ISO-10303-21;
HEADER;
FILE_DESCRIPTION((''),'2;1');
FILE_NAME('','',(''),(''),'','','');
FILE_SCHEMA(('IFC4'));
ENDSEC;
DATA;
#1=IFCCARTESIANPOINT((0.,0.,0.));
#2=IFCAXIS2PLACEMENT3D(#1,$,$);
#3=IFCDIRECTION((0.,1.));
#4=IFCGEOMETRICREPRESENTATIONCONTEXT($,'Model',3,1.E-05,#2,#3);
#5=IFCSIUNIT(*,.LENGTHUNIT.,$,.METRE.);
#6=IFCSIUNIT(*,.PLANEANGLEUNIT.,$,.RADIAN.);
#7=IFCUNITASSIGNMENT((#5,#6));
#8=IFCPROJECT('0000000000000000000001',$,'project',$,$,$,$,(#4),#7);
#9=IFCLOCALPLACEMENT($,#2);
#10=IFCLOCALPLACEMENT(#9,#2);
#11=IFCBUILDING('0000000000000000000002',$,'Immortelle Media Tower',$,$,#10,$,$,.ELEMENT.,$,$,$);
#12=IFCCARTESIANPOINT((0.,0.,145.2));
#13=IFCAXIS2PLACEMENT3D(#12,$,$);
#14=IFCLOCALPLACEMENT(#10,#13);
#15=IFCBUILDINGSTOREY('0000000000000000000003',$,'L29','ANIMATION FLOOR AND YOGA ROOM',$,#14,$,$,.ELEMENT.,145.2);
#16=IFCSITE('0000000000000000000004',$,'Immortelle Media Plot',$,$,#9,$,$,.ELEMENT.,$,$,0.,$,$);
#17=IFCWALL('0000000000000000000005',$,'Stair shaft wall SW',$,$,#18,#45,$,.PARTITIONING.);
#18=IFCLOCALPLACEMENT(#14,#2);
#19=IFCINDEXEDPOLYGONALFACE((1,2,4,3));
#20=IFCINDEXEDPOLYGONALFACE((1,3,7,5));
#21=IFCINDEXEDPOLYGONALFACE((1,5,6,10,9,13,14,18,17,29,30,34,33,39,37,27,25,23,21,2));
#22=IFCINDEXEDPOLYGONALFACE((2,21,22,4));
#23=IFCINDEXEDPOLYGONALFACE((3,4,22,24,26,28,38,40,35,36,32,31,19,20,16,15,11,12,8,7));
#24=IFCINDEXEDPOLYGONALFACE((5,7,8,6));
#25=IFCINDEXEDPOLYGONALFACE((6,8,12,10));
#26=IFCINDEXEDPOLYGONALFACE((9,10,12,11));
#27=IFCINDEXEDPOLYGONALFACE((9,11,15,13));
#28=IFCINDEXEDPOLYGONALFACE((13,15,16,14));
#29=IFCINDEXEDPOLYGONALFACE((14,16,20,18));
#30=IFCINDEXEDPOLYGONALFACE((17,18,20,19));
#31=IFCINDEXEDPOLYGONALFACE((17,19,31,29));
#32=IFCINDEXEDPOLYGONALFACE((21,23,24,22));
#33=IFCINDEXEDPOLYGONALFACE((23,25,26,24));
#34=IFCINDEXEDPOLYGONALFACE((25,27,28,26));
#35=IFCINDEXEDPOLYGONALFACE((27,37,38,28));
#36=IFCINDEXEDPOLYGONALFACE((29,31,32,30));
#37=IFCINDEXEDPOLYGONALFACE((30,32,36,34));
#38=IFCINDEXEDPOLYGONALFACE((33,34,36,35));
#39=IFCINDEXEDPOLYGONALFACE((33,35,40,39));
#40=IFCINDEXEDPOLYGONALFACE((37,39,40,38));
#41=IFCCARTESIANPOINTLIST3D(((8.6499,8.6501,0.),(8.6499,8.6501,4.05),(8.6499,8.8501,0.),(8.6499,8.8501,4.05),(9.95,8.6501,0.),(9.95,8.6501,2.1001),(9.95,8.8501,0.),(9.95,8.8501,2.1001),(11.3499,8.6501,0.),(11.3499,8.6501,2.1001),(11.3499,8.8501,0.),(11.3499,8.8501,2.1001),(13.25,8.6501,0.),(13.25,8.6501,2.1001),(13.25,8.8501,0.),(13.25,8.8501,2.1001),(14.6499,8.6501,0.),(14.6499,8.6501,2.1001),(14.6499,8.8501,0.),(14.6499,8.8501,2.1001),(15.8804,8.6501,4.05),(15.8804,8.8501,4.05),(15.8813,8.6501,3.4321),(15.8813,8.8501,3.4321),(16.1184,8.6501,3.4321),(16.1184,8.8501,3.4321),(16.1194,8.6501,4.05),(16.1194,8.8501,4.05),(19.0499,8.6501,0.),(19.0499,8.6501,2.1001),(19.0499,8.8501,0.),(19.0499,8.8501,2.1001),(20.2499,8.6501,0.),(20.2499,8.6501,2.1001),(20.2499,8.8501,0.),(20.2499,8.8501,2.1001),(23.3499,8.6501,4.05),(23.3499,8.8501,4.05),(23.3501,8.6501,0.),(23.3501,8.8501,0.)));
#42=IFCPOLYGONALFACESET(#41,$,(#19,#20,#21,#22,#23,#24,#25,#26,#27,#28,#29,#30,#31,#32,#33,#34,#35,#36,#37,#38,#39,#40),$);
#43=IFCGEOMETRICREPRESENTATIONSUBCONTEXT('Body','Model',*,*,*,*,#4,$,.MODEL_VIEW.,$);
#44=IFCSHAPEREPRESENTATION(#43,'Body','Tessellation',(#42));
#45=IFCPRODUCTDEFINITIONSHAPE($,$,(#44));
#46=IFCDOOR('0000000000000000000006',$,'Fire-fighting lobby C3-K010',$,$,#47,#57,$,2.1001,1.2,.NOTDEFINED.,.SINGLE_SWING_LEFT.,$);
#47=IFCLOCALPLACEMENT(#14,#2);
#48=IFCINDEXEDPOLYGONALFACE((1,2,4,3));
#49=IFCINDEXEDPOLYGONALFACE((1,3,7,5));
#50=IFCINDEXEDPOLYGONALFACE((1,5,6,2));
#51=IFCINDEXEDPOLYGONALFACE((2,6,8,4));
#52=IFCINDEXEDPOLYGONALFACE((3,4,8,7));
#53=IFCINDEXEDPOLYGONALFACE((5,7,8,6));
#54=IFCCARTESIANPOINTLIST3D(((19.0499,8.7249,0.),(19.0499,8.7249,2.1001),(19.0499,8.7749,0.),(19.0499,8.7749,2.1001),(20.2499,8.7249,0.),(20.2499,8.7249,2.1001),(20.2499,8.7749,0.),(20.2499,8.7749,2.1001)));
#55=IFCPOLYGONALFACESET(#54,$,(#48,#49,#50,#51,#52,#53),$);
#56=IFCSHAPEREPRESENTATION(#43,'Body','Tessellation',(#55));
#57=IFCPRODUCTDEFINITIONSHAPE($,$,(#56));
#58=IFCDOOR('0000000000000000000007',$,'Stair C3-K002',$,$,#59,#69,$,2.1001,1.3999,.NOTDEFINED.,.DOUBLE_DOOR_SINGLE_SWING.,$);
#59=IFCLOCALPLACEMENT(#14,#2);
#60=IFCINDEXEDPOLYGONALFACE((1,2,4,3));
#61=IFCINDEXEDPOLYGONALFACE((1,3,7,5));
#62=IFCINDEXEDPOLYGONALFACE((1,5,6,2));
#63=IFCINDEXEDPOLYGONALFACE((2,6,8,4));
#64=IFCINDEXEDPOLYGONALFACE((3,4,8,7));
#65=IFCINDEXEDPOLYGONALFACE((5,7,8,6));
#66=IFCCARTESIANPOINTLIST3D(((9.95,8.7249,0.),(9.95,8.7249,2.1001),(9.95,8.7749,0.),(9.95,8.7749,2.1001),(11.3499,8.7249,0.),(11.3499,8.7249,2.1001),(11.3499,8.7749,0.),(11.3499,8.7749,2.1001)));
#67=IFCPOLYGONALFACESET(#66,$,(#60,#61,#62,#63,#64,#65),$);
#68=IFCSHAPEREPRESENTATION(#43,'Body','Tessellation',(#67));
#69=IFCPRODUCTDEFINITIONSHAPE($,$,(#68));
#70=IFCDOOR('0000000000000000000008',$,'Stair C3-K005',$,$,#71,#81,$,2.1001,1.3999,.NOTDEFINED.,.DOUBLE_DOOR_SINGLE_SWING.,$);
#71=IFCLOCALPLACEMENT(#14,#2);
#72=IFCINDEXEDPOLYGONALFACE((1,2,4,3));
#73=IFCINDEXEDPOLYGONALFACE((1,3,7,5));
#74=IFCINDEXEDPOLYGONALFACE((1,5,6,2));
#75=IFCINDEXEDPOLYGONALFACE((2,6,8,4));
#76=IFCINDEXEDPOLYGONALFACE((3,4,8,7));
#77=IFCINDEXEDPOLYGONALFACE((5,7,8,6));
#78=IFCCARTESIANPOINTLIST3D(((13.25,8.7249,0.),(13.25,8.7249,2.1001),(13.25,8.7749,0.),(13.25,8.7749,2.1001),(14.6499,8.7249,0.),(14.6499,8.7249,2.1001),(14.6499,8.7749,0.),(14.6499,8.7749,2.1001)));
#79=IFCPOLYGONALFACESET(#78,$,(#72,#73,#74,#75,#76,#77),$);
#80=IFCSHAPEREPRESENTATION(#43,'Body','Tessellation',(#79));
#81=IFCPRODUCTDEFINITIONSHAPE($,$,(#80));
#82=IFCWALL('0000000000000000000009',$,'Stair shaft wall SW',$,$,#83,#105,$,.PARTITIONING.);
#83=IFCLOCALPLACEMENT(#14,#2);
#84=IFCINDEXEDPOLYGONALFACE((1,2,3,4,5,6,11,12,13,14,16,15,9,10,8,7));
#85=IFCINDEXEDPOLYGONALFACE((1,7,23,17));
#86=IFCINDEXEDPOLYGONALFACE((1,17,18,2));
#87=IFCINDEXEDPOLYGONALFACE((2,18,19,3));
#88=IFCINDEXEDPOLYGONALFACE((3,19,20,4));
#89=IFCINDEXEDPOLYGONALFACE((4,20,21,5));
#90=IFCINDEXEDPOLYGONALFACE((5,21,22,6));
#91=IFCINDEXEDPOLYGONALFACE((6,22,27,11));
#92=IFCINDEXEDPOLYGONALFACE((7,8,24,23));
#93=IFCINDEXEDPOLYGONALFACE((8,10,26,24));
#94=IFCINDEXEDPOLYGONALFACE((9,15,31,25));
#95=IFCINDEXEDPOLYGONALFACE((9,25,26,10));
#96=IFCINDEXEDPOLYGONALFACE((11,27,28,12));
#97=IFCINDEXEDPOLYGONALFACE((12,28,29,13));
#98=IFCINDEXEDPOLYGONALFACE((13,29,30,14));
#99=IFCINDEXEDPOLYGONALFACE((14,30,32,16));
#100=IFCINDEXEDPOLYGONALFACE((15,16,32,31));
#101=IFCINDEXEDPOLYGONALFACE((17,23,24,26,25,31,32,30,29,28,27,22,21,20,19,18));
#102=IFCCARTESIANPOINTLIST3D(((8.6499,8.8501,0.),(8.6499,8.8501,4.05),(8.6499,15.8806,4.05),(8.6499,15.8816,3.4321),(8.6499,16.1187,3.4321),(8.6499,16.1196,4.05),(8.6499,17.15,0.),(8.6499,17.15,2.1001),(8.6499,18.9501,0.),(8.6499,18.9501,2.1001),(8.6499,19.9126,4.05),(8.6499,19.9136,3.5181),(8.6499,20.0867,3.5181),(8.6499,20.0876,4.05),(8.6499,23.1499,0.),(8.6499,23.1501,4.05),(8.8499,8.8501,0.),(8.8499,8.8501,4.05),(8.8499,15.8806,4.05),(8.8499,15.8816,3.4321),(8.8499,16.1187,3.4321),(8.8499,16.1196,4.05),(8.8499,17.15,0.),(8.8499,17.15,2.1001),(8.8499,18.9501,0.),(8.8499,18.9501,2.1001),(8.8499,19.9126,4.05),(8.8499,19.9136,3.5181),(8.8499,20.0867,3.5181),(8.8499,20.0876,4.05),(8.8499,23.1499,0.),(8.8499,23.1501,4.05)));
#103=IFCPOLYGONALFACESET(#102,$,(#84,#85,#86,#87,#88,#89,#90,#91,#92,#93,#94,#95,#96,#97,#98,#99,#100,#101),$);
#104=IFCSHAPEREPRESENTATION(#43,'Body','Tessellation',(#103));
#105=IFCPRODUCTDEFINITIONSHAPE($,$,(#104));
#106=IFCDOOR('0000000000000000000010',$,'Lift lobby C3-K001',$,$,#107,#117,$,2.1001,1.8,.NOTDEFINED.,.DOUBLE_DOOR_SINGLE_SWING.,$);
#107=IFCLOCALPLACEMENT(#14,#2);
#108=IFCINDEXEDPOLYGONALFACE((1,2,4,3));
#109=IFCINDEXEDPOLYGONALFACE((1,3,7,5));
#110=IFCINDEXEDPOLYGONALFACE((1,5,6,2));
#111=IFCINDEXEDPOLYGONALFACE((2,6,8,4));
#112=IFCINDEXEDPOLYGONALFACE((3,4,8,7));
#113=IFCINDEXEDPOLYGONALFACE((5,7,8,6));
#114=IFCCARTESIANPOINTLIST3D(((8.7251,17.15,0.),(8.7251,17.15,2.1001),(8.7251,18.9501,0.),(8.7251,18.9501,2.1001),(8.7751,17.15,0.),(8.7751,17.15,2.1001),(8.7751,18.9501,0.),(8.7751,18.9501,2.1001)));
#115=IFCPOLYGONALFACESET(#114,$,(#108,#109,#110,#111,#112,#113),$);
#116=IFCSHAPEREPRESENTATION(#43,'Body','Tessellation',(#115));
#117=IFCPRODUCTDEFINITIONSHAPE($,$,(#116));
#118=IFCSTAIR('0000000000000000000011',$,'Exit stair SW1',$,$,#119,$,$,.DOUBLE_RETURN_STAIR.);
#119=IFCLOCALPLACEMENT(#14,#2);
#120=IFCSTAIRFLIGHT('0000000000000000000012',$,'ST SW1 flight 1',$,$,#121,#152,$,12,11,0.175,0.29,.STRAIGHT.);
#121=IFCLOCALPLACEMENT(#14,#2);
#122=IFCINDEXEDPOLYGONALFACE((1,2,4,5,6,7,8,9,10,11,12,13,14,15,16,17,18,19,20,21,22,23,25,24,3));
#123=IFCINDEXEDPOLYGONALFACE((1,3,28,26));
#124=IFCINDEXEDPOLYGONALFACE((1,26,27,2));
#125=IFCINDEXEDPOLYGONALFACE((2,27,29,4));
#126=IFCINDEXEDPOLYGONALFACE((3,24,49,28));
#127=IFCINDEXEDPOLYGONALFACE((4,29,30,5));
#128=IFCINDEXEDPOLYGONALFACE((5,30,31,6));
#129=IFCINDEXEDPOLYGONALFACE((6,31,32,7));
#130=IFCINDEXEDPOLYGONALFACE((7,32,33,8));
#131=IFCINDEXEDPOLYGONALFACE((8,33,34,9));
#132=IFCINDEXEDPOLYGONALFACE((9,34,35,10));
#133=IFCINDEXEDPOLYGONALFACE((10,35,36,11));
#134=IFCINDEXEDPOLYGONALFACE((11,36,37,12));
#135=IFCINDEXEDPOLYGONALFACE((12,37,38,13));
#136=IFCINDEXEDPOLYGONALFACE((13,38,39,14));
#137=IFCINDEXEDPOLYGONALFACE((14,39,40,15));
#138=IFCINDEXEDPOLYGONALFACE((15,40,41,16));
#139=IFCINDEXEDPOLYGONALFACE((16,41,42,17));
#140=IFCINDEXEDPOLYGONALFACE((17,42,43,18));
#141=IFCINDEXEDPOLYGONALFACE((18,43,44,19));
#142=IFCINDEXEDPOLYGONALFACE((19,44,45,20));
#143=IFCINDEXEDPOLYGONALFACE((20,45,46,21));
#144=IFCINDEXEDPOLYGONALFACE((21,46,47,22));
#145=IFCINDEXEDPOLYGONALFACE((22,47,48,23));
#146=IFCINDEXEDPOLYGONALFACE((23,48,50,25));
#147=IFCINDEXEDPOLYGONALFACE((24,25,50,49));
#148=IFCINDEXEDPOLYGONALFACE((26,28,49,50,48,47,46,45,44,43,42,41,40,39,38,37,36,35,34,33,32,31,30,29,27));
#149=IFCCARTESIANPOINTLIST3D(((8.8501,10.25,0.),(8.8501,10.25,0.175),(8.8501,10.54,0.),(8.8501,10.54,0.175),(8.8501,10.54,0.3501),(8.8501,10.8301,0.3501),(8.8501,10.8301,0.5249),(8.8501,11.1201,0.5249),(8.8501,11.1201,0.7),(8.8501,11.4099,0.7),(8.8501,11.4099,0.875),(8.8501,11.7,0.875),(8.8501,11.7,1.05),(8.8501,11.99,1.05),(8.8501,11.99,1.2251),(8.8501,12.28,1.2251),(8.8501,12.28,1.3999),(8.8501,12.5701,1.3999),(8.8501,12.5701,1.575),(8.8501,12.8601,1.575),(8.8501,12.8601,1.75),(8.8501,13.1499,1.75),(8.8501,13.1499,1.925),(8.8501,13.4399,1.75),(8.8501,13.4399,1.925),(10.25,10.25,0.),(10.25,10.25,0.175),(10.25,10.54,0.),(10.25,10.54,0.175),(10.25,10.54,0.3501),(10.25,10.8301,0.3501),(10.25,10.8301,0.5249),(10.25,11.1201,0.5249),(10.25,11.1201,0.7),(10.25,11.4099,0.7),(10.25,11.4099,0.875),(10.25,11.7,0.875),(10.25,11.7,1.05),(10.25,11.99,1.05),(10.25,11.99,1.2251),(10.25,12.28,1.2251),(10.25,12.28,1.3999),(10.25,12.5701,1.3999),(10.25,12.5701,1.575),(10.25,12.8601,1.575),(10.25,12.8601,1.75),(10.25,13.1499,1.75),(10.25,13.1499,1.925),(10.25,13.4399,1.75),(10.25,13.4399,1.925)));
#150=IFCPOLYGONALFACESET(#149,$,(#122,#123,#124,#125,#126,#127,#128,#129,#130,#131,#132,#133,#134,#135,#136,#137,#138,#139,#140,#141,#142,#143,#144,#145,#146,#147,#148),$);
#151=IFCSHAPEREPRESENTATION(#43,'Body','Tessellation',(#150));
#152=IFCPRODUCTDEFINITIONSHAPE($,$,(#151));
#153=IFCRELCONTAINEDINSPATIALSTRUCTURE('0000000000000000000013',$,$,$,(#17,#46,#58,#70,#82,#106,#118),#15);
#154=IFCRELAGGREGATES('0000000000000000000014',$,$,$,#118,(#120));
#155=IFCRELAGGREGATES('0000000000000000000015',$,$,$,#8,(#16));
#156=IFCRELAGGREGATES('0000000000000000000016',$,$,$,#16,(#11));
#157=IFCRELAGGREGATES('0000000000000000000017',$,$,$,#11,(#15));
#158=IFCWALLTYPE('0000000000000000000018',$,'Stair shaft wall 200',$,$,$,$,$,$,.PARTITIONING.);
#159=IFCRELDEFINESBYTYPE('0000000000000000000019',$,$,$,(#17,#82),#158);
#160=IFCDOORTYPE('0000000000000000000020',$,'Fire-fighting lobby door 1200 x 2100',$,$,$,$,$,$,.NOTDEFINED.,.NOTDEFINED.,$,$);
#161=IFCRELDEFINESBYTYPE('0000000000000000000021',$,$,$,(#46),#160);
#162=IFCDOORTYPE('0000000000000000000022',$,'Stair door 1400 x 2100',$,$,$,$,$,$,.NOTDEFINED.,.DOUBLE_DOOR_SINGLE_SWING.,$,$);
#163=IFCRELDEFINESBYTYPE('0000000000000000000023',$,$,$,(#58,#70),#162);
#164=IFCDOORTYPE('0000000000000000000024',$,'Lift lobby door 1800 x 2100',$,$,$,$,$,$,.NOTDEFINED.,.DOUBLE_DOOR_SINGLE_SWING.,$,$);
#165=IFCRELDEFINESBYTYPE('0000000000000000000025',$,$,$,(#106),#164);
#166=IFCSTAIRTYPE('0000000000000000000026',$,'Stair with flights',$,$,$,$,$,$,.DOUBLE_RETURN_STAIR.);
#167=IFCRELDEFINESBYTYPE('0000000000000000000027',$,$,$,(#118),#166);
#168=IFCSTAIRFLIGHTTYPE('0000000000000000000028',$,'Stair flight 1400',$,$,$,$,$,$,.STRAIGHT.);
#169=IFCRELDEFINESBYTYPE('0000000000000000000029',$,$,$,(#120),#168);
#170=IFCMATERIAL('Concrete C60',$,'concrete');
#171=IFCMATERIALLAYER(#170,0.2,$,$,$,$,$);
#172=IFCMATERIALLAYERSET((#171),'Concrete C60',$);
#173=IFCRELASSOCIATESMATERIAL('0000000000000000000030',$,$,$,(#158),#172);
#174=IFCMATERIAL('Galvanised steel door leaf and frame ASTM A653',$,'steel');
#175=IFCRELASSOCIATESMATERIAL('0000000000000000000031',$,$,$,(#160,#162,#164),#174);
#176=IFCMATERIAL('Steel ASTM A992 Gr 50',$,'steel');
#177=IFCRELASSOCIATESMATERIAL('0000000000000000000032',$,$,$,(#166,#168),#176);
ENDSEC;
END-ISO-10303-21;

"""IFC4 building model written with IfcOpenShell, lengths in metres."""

from ifc_helpers import new_model, si_unit, direction, frame, frame_2d, origin, place, context, subcontext, project, spatial, polyline, rectangle, outline, extrude, material, layer, layer_set, type_object, element, fill, aggregate, save


model = new_model("IFC4")

# Units and contexts
model_context = context("Model", 3, precision=1e-05, world=origin(), true_north=direction((0.0, 1.0)))
body_context = subcontext(model_context, "Body", "Model", "MODEL_VIEW")
ifc_project = project(units=[si_unit("LENGTHUNIT", "METRE"), si_unit("PLANEANGLEUNIT", "RADIAN")], contexts=[model_context])

# Site, building, storey
site_placement = place(None, origin())
site = spatial("IfcSite", under=ifc_project, at=site_placement, Name="Immortelle Media Plot", CompositionType="ELEMENT", RefElevation=0.0)
building_placement = place(site_placement, origin())
building = spatial("IfcBuilding", under=site, at=building_placement, Name="Immortelle Media Tower", CompositionType="ELEMENT")
storey_placement = place(building_placement, frame((0.0, 0.0, 145.2)))
storey = spatial("IfcBuildingStorey", under=building, at=storey_placement, Name="L29", Description="ANIMATION FLOOR AND YOGA ROOM", CompositionType="ELEMENT", Elevation=145.2)

# Shared definitions
ifc_material_1 = material(Name="Steel ASTM A992 Gr 50", Category="steel")

# Wall, openings, doors
ifc_material_2 = material(Name="Concrete C60", Category="concrete")
ifc_layer_1 = layer(ifc_material_2, 0.2)
ifc_layer_set_1 = layer_set([ifc_layer_1], Name="Concrete C60")
wall_type_1 = type_object("IfcWallType", Name="Stair shaft wall 200", PredefinedType="PARTITIONING", material=ifc_layer_set_1)
wall_1_placement = place(storey_placement, frame((8.6499, 8.75, 0.0), z_axis=(0.0, 0.0, 1.0), x_axis=(1.0, 0.0, 0.0)))
wall_1 = element("IfcWall", 1, at=wall_1_placement, inside=storey, type_object=wall_type_1, Name="Stair shaft wall SW", PredefinedType="PARTITIONING", context=body_context, shape_type="SweptSolid", body=[
    extrude(outline(polyline([(0.0, 0.0), (14.7002, 0.0), (14.7, 4.05), (7.4695, 4.05), (7.4685, 3.4321), (7.2314, 3.4321), (7.2305, 4.05), (0.0, 4.05), (0.0, 0.0)])), frame((0.0, 0.1001, 0.0), z_axis=(0.0, -1.0, 0.0), x_axis=(1.0, 0.0, 0.0)), (0.0, 0.0, 1.0), 0.2),
])
opening_1_placement = place(wall_1_placement, frame((1.3, 0.0, 0.0)))
opening_1 = element("IfcOpeningElement", 2, at=opening_1_placement, cuts=wall_1, PredefinedType="OPENING", context=body_context, shape_type="SweptSolid", body=[
    extrude(rectangle(XDim=1.3999, YDim=2.1001, at=frame_2d((0.7, 1.05))), frame((0.0, 0.1099, 0.0), z_axis=(0.0, -1.0, 0.0), x_axis=(1.0, 0.0, 0.0)), (0.0, 0.0, 1.0), 0.22),
])
opening_2_placement = place(wall_1_placement, frame((4.6001, 0.0, 0.0)))
opening_2 = element("IfcOpeningElement", 3, at=opening_2_placement, cuts=wall_1, PredefinedType="OPENING", context=body_context, shape_type="SweptSolid", body=[
    extrude(rectangle(XDim=1.3999, YDim=2.1001, at=frame_2d((0.7, 1.05))), frame((0.0, 0.1099, 0.0), z_axis=(0.0, -1.0, 0.0), x_axis=(1.0, 0.0, 0.0)), (0.0, 0.0, 1.0), 0.22),
])
opening_3_placement = place(wall_1_placement, frame((10.3999, 0.0, 0.0)))
opening_3 = element("IfcOpeningElement", 4, at=opening_3_placement, cuts=wall_1, PredefinedType="OPENING", context=body_context, shape_type="SweptSolid", body=[
    extrude(rectangle(XDim=1.2, YDim=2.1001, at=frame_2d((0.6001, 1.05))), frame((0.0, 0.1099, 0.0), z_axis=(0.0, -1.0, 0.0), x_axis=(1.0, 0.0, 0.0)), (0.0, 0.0, 1.0), 0.22),
])
ifc_material_3 = material(Name="Galvanised steel door leaf and frame ASTM A653", Category="steel")
door_type_1 = type_object("IfcDoorType", Name="Fire-fighting lobby door 1200 x 2100", OperationType="NOTDEFINED", PredefinedType="NOTDEFINED", material=ifc_material_3)
door_1_placement = place(opening_3_placement, origin())
door_1 = element("IfcDoor", 5, at=door_1_placement, inside=storey, type_object=door_type_1, Name="Fire-fighting lobby C3-K010", OperationType="SINGLE_SWING_LEFT", OverallHeight=2.1001, OverallWidth=1.2, PredefinedType="NOTDEFINED", context=body_context, shape_type="SweptSolid", body=[
    extrude(rectangle(XDim=1.2, YDim=2.1001, at=frame_2d((0.6001, 1.05))), frame((0.0, 0.0249, 0.0), z_axis=(0.0, -1.0, 0.0), x_axis=(1.0, 0.0, 0.0)), (0.0, 0.0, 1.0), 0.05),
])
fill(opening_3, door_1)
door_type_2 = type_object("IfcDoorType", Name="Stair door 1400 x 2100", OperationType="DOUBLE_DOOR_SINGLE_SWING", PredefinedType="NOTDEFINED", material=ifc_material_3)
door_2_placement = place(opening_1_placement, origin())
door_2 = element("IfcDoor", 6, at=door_2_placement, inside=storey, type_object=door_type_2, Name="Stair C3-K002", OperationType="DOUBLE_DOOR_SINGLE_SWING", OverallHeight=2.1001, OverallWidth=1.3999, PredefinedType="NOTDEFINED", context=body_context, shape_type="SweptSolid", body=[
    extrude(rectangle(XDim=1.3999, YDim=2.1001, at=frame_2d((0.7, 1.05))), frame((0.0, 0.0249, 0.0), z_axis=(0.0, -1.0, 0.0), x_axis=(1.0, 0.0, 0.0)), (0.0, 0.0, 1.0), 0.05),
])
fill(opening_1, door_2)
door_3_placement = place(opening_2_placement, origin())
door_3 = element("IfcDoor", 7, at=door_3_placement, inside=storey, type_object=door_type_2, Name="Stair C3-K005", OperationType="DOUBLE_DOOR_SINGLE_SWING", OverallHeight=2.1001, OverallWidth=1.3999, PredefinedType="NOTDEFINED", context=body_context, shape_type="SweptSolid", body=[
    extrude(rectangle(XDim=1.3999, YDim=2.1001, at=frame_2d((0.7, 1.05))), frame((0.0, 0.0249, 0.0), z_axis=(0.0, -1.0, 0.0), x_axis=(1.0, 0.0, 0.0)), (0.0, 0.0, 1.0), 0.05),
])
fill(opening_2, door_3)

# Wall, opening, door
wall_2_placement = place(storey_placement, frame((8.75, 8.8501, 0.0), z_axis=(0.0, 0.0, 1.0), x_axis=(0.0, 1.0, 0.0)))
wall_2 = element("IfcWall", 8, at=wall_2_placement, inside=storey, type_object=wall_type_1, Name="Stair shaft wall SW", PredefinedType="PARTITIONING", context=body_context, shape_type="SweptSolid", body=[
    extrude(outline(polyline([(0.0, 0.0), (14.2998, 0.0), (14.3, 4.05), (11.2375, 4.05), (11.2366, 3.5181), (11.0635, 3.5181), (11.0625, 4.05), (7.2695, 4.05), (7.2686, 3.4321), (7.0315, 3.4321), (7.0305, 4.05), (0.0, 4.05), (0.0, 0.0)])), frame((0.0, 0.1001, 0.0), z_axis=(0.0, -1.0, 0.0), x_axis=(1.0, 0.0, 0.0)), (0.0, 0.0, 1.0), 0.2),
])
opening_4_placement = place(wall_2_placement, frame((8.3, 0.0, 0.0)))
opening_4 = element("IfcOpeningElement", 9, at=opening_4_placement, cuts=wall_2, PredefinedType="OPENING", context=body_context, shape_type="SweptSolid", body=[
    extrude(rectangle(XDim=1.8, YDim=2.1001, at=frame_2d((0.8999, 1.05))), frame((0.0, 0.1099, 0.0), z_axis=(0.0, -1.0, 0.0), x_axis=(1.0, 0.0, 0.0)), (0.0, 0.0, 1.0), 0.22),
])
door_type_3 = type_object("IfcDoorType", Name="Lift lobby door 1800 x 2100", OperationType="DOUBLE_DOOR_SINGLE_SWING", PredefinedType="NOTDEFINED", material=ifc_material_3)
door_4_placement = place(opening_4_placement, origin())
door_4 = element("IfcDoor", 10, at=door_4_placement, inside=storey, type_object=door_type_3, Name="Lift lobby C3-K001", OperationType="DOUBLE_DOOR_SINGLE_SWING", OverallHeight=2.1001, OverallWidth=1.8, PredefinedType="NOTDEFINED", context=body_context, shape_type="SweptSolid", body=[
    extrude(rectangle(XDim=1.8, YDim=2.1001, at=frame_2d((0.8999, 1.05))), frame((0.0, 0.0249, 0.0), z_axis=(0.0, -1.0, 0.0), x_axis=(1.0, 0.0, 0.0)), (0.0, 0.0, 1.0), 0.05),
])
fill(opening_4, door_4)

# Stair, stair flight
stair_type = type_object("IfcStairType", Name="Stair with flights", PredefinedType="DOUBLE_RETURN_STAIR", material=ifc_material_1)
stair_placement = place(storey_placement, origin())
stair = element("IfcStair", 11, at=stair_placement, inside=storey, type_object=stair_type, Name="Exit stair SW1", PredefinedType="DOUBLE_RETURN_STAIR")
stair_flight_type = type_object("IfcStairFlightType", Name="Stair flight 1400", PredefinedType="STRAIGHT", material=ifc_material_1)
stair_flight_placement = place(storey_placement, frame((9.55, 10.25, 0.0), z_axis=(0.0, 0.0, 1.0), x_axis=(0.0, 1.0, 0.0)))
stair_flight = element("IfcStairFlight", 12, at=stair_flight_placement, type_object=stair_flight_type, Name="ST SW1 flight 1", NumberOfRisers=12, NumberOfTreads=11, PredefinedType="STRAIGHT", RiserHeight=0.175, TreadLength=0.29, context=body_context, shape_type="SweptSolid", body=[
    extrude(outline(polyline([(0.0, 0.0), (0.0, 0.175), (0.29, 0.175), (0.29, 0.3501), (0.5801, 0.3501), (0.5801, 0.5249), (0.8701, 0.5249), (0.8701, 0.7), (1.1599, 0.7), (1.1599, 0.875), (1.45, 0.875), (1.45, 1.05), (1.74, 1.05), (1.74, 1.2251), (2.03, 1.2251), (2.03, 1.3999), (2.3201, 1.3999), (2.3201, 1.575), (2.6101, 1.575), (2.6101, 1.75), (2.8999, 1.75), (2.8999, 1.925), (3.1899, 1.925), (3.1899, 2.1001), (3.1899, 1.75), (0.29, 0.0), (0.0, 0.0)])), frame((0.0, 0.7, 0.0), z_axis=(0.0, -1.0, 0.0), x_axis=(1.0, 0.0, 0.0)), (0.0, 0.0, 1.0), 1.3999),
])
aggregate(stair, [stair_flight])

save(model, "model.ifc")
